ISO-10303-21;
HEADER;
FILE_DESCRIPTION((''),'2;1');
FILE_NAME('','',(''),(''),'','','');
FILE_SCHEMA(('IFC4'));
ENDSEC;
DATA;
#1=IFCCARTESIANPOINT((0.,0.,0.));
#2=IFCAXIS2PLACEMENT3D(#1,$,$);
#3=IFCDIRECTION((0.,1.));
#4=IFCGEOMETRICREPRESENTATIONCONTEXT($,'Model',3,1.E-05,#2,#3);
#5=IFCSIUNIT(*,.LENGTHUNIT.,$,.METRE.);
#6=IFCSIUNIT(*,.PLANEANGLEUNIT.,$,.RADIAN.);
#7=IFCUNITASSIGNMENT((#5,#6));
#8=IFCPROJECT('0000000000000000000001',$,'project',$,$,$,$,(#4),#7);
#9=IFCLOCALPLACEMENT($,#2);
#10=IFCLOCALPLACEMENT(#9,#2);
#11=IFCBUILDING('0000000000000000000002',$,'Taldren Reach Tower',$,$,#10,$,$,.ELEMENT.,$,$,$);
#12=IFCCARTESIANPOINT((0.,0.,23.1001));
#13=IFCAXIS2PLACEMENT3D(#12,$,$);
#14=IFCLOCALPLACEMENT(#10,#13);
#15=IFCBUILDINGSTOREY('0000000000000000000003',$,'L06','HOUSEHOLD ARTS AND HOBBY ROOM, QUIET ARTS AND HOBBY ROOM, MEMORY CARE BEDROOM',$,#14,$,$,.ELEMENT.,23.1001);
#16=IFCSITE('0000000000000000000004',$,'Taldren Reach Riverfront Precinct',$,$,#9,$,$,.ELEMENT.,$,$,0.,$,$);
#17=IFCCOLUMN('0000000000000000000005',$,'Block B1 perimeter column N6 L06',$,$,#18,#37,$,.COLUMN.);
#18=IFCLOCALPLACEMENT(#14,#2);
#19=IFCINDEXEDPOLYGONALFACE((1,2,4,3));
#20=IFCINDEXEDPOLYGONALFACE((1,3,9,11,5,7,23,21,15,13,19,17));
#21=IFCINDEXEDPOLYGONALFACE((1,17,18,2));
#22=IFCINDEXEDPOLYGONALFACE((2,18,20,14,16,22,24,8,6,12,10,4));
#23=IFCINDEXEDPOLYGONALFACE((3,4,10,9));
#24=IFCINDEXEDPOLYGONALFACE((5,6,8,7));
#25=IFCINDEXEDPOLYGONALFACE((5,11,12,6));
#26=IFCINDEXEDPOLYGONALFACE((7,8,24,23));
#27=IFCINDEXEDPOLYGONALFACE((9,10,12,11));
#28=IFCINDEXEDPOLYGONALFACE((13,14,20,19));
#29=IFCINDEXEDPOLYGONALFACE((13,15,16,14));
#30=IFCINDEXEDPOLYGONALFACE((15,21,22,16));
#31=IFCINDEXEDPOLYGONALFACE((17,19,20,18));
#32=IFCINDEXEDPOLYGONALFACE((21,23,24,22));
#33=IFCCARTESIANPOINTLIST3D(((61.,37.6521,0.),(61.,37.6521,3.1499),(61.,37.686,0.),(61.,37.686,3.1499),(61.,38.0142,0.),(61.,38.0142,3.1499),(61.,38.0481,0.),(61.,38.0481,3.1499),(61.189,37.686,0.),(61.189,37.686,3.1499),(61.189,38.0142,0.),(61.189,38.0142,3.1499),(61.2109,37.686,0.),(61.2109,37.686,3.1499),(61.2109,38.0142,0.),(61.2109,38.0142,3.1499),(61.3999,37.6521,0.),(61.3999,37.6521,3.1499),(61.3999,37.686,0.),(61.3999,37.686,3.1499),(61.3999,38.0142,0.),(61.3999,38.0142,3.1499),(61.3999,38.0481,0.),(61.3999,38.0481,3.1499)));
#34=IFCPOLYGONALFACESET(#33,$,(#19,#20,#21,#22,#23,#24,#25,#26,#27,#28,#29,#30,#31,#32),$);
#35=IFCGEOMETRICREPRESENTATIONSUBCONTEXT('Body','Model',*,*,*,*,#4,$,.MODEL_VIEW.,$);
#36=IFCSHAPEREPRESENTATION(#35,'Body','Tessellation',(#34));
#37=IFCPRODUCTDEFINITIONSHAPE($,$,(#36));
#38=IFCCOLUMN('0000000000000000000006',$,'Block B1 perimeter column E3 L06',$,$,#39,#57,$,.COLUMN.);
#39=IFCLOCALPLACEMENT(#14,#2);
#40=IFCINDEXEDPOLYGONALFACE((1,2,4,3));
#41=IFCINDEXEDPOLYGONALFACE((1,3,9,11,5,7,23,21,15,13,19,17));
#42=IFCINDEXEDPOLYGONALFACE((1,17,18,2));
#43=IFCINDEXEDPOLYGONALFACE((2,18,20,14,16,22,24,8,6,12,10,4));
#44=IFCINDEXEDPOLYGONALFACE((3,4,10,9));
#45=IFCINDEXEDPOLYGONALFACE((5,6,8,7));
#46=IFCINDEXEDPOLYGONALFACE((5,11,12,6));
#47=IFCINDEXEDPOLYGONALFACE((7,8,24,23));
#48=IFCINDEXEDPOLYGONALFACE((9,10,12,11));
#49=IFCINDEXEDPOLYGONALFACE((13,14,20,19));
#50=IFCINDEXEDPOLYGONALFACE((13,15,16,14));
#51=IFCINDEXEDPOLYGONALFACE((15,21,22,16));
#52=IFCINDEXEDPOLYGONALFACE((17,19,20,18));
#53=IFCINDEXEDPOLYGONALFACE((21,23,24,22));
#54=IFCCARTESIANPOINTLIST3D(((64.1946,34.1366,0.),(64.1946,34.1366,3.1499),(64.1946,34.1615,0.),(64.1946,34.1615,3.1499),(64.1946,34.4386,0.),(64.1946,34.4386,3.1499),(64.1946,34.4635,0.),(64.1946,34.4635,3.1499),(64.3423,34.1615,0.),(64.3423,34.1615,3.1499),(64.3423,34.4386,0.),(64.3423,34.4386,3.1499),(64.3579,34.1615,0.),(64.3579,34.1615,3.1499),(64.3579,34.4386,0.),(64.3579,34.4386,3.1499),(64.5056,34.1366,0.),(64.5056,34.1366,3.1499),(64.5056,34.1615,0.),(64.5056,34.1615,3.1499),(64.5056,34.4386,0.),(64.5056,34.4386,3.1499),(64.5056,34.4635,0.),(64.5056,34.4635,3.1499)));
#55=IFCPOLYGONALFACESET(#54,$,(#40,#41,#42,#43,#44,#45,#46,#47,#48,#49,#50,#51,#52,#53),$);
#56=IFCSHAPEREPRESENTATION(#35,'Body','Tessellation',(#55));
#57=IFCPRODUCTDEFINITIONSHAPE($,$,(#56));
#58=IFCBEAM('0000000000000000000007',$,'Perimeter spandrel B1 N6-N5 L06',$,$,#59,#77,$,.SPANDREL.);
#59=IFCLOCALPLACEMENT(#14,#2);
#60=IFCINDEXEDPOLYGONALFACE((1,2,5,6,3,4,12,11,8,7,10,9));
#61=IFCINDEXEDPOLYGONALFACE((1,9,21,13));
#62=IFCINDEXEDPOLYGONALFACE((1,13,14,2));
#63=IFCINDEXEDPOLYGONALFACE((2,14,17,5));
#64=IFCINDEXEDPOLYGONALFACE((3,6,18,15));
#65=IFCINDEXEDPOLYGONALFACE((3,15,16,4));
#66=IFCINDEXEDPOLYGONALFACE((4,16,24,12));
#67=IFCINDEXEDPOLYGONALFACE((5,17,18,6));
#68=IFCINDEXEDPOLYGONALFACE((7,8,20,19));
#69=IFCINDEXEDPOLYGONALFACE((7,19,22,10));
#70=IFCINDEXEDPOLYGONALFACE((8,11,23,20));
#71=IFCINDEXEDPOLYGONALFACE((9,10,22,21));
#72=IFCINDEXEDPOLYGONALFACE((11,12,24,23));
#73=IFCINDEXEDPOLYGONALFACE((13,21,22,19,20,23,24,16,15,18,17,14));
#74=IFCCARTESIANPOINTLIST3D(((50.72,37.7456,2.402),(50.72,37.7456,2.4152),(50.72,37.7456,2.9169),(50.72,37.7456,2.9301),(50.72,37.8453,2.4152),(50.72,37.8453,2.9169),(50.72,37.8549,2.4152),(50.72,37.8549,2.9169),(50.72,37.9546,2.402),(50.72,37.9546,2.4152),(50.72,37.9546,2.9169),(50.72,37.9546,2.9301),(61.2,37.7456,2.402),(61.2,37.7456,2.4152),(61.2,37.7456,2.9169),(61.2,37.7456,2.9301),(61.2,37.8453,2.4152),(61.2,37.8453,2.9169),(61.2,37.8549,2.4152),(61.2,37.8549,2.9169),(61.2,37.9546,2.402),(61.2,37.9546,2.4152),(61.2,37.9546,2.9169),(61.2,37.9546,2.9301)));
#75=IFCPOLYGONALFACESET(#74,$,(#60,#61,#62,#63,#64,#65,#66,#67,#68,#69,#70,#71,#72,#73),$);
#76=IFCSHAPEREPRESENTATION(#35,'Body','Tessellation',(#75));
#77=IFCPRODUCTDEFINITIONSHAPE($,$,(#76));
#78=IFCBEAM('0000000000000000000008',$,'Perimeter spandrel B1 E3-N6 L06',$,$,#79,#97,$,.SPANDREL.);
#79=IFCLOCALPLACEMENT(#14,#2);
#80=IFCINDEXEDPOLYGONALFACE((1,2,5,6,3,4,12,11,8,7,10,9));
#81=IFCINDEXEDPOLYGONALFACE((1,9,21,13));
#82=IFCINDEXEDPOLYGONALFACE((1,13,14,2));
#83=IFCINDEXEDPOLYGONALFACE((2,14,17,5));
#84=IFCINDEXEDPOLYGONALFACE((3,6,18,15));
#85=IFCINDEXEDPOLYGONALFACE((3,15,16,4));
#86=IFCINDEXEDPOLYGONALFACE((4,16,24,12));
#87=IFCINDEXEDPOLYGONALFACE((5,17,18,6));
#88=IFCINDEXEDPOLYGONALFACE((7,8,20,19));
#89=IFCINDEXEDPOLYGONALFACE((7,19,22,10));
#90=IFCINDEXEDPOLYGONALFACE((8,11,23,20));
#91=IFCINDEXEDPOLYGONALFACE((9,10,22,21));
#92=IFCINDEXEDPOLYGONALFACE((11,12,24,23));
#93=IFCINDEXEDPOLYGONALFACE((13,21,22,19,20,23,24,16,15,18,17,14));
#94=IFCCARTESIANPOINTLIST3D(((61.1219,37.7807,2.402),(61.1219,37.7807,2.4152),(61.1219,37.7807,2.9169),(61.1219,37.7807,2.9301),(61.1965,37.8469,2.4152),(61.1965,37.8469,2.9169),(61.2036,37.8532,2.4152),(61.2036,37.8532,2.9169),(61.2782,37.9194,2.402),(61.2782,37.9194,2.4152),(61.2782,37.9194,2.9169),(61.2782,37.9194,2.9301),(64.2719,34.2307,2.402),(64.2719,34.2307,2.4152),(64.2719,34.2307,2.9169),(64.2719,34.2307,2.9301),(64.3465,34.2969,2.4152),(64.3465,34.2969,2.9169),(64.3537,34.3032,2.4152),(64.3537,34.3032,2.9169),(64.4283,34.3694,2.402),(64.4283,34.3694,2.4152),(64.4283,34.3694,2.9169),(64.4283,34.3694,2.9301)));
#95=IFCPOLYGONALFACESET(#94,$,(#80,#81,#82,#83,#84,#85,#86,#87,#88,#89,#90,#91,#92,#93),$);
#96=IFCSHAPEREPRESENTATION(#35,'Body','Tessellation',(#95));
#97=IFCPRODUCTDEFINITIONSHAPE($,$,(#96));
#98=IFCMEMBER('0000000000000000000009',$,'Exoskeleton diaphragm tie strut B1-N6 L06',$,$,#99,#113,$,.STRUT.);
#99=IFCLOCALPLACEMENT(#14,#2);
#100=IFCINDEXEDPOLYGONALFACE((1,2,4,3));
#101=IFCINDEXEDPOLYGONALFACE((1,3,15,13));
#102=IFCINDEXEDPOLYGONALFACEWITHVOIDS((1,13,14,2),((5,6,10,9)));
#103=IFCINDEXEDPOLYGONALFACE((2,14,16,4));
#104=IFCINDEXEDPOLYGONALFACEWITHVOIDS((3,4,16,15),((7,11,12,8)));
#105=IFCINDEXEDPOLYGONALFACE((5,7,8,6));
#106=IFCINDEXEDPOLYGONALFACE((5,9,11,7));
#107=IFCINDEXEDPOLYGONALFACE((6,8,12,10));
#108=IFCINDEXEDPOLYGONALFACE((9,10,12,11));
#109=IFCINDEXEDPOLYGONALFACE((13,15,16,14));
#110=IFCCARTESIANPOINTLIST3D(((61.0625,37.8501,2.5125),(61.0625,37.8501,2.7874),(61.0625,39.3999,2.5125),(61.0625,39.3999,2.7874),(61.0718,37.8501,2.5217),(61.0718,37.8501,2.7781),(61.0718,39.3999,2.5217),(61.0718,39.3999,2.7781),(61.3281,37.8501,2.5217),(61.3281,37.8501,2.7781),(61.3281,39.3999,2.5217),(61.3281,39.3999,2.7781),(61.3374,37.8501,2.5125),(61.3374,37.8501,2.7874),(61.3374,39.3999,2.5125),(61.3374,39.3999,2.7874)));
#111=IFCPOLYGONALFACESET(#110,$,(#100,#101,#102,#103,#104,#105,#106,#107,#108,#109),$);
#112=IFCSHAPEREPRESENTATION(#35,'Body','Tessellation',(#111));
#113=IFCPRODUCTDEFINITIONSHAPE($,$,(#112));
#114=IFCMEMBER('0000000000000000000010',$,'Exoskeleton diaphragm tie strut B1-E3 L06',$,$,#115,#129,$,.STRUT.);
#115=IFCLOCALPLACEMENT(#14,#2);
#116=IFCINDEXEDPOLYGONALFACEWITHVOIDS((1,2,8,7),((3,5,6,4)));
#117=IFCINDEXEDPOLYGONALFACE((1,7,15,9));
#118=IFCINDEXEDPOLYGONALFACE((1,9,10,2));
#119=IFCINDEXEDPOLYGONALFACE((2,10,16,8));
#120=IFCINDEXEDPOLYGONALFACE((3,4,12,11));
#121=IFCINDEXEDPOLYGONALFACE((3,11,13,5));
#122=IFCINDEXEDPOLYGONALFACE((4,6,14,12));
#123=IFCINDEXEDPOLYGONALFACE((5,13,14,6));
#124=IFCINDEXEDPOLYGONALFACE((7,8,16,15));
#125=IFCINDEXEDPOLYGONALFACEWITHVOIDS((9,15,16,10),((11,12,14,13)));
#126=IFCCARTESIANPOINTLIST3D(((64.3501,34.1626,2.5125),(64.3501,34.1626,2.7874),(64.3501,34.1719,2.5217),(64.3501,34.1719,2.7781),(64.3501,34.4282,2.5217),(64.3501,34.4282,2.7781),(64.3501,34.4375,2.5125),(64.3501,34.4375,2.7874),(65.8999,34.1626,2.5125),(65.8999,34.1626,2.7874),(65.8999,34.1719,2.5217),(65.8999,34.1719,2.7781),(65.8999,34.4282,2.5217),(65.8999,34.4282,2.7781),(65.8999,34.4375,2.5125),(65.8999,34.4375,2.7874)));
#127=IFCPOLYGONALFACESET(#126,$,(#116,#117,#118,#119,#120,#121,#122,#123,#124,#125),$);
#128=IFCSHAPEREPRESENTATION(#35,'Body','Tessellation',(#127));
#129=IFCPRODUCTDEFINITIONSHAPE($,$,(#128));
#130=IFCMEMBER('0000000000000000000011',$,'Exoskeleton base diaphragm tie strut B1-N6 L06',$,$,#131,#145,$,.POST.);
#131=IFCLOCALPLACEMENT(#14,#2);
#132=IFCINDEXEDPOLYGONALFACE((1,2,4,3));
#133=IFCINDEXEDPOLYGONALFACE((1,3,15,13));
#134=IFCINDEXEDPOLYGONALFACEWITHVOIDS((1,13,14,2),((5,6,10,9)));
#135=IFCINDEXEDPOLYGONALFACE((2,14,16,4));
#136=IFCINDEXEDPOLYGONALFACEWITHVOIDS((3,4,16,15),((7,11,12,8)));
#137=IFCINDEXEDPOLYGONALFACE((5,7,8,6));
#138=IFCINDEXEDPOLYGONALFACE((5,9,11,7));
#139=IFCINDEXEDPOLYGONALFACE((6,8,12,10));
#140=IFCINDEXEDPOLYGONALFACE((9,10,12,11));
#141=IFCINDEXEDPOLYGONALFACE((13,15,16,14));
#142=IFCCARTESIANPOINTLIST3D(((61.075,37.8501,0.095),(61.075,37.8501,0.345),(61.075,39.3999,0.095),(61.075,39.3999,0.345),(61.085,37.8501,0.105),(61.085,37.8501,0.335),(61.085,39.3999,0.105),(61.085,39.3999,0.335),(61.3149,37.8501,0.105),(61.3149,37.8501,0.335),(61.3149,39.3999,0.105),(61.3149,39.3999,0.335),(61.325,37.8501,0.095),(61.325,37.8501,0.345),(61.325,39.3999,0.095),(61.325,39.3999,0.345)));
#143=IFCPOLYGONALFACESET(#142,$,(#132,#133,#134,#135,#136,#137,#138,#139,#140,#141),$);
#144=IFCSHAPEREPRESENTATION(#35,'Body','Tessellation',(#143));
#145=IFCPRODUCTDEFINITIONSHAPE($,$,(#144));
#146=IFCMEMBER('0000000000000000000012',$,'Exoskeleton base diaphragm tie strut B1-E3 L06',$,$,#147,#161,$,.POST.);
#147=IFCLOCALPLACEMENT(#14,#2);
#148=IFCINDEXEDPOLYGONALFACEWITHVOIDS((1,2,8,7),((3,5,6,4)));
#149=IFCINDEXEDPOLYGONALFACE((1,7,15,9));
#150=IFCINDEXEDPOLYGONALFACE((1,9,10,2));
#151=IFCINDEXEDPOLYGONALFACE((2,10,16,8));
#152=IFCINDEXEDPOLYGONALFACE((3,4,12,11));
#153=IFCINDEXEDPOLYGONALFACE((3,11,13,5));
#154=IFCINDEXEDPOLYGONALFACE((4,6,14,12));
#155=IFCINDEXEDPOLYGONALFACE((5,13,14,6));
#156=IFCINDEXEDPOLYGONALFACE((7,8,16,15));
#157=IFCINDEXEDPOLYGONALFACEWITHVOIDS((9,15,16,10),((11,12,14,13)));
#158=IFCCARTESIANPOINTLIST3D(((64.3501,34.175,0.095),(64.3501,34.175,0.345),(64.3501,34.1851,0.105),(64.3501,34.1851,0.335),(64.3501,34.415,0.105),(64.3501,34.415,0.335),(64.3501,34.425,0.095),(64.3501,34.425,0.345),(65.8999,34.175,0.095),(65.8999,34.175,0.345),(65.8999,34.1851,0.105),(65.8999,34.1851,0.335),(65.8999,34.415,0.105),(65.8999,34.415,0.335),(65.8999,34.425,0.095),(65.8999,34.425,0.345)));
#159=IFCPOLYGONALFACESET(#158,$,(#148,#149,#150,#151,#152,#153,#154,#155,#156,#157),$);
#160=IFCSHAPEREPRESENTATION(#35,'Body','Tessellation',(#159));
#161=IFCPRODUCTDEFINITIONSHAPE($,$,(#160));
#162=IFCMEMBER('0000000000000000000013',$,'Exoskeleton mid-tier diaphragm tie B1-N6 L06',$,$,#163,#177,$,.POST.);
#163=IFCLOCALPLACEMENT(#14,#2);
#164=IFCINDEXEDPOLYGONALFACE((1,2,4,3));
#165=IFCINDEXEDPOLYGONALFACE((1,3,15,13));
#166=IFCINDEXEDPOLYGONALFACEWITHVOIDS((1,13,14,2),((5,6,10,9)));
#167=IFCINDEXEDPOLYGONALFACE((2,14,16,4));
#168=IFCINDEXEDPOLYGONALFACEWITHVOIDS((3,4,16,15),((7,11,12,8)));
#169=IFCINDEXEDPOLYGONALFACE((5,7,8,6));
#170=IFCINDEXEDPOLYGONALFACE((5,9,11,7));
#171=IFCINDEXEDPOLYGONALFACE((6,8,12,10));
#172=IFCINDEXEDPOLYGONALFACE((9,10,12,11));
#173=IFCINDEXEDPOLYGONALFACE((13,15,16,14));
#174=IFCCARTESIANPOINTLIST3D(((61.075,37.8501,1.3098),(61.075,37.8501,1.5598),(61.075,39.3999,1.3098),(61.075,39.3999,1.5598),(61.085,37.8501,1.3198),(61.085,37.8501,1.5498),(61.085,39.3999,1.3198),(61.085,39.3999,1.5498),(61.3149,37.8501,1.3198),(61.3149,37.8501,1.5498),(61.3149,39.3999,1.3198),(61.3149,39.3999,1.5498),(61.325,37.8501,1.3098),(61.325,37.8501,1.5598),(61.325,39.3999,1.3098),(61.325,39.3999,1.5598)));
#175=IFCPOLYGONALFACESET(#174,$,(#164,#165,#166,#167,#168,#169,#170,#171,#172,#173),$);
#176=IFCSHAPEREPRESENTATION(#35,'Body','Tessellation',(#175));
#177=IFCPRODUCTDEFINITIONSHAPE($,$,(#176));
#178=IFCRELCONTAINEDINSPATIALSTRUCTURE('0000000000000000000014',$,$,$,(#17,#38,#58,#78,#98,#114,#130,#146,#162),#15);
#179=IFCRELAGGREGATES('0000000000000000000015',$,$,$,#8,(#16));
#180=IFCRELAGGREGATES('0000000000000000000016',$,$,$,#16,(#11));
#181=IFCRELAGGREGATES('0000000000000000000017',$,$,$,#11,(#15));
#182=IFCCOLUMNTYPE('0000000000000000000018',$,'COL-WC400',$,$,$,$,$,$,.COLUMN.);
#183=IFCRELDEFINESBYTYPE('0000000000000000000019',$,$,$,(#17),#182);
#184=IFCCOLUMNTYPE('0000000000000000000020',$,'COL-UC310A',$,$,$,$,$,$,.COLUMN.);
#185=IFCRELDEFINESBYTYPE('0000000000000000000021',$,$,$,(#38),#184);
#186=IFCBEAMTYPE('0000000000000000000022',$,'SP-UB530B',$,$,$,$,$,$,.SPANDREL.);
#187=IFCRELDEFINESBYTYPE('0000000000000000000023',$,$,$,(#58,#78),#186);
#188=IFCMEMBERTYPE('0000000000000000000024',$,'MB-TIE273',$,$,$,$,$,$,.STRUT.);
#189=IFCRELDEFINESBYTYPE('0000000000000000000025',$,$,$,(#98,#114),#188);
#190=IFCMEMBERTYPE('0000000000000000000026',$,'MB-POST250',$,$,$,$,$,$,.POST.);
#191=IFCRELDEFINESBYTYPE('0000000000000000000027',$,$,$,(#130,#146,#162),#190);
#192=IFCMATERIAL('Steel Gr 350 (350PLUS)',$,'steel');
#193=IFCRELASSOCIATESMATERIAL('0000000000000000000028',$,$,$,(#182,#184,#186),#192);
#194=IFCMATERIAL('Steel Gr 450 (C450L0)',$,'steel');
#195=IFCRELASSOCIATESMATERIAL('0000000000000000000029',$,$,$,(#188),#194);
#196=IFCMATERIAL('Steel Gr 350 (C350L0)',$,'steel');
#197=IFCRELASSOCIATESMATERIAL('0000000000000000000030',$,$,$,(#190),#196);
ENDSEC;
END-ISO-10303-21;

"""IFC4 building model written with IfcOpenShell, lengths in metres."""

from ifc_helpers import new_model, si_unit, direction, frame, origin, origin_2d, place, context, subcontext, project, spatial, hollow_rectangle, i_section, extrude, source, transform, mapped, material, material_profile, profile_set, type_object, element, save


model = new_model("IFC4")

# Units and contexts
model_context = context("Model", 3, precision=1e-05, world=origin(), true_north=direction((0.0, 1.0)))
body_context = subcontext(model_context, "Body", "Model", "MODEL_VIEW")
ifc_project = project(units=[si_unit("LENGTHUNIT", "METRE"), si_unit("PLANEANGLEUNIT", "RADIAN")], contexts=[model_context])

# Site, building, storey
site_placement = place(None, origin())
site = spatial("IfcSite", under=ifc_project, at=site_placement, Name="Taldren Reach Riverfront Precinct", CompositionType="ELEMENT", RefElevation=0.0)
building_placement = place(site_placement, origin())
building = spatial("IfcBuilding", under=site, at=building_placement, Name="Taldren Reach Tower", CompositionType="ELEMENT")
storey_placement = place(building_placement, frame((0.0, 0.0, 23.1001)))
storey = spatial("IfcBuildingStorey", under=building, at=storey_placement, Name="L06", Description="HOUSEHOLD ARTS AND HOBBY ROOM, QUIET ARTS AND HOBBY ROOM, MEMORY CARE BEDROOM", CompositionType="ELEMENT", Elevation=23.1001)

# Columns
ifc_material_1 = material(Name="Steel Gr 350 (350PLUS)", Category="steel")
ifc_material_profile_1 = material_profile(ifc_material_1, i_section(OverallWidth=0.3999, OverallDepth=0.396, WebThickness=0.022, FlangeThickness=0.0339, at=origin_2d()), Name="400WC270")
ifc_profile_set_1 = profile_set([ifc_material_profile_1], Name="Steel Gr 350 (350PLUS)")
column_type_1 = type_object("IfcColumnType", Name="COL-WC400", PredefinedType="COLUMN", material=ifc_profile_set_1)
shared_shape_1 = source(origin(), body_context, "Body", "SweptSolid", [
    extrude(i_section(OverallWidth=0.3999, OverallDepth=0.396, WebThickness=0.022, FlangeThickness=0.0339, at=origin_2d()), origin(), (0.0, 0.0, 1.0), 3.1499),
])
column_1_placement = place(storey_placement, frame((61.2, 37.8501, 0.0), z_axis=(0.0, 0.0, 1.0), x_axis=(1.0, 0.0, 0.0)))
element("IfcColumn", 1, at=column_1_placement, inside=storey, type_object=column_type_1, Name="Block B1 perimeter column N6 L06", PredefinedType="COLUMN", context=body_context, shape_type="MappedRepresentation", body=[
    mapped(shared_shape_1, transform((0.0, 0.0, 0.0), scale=1.0)),
])
ifc_material_profile_2 = material_profile(ifc_material_1, i_section(OverallWidth=0.311, OverallDepth=0.3269, WebThickness=0.0156, FlangeThickness=0.0249, at=origin_2d()), Name="310UC158")
ifc_profile_set_2 = profile_set([ifc_material_profile_2], Name="Steel Gr 350 (350PLUS)")
column_type_2 = type_object("IfcColumnType", Name="COL-UC310A", PredefinedType="COLUMN", material=ifc_profile_set_2)
shared_shape_2 = source(origin(), body_context, "Body", "SweptSolid", [
    extrude(i_section(OverallWidth=0.311, OverallDepth=0.3269, WebThickness=0.0156, FlangeThickness=0.0249, at=origin_2d()), origin(), (0.0, 0.0, 1.0), 3.1499),
])
column_2_placement = place(storey_placement, frame((64.3501, 34.3, 0.0), z_axis=(0.0, 0.0, 1.0), x_axis=(1.0, 0.0, 0.0)))
element("IfcColumn", 2, at=column_2_placement, inside=storey, type_object=column_type_2, Name="Block B1 perimeter column E3 L06", PredefinedType="COLUMN", context=body_context, shape_type="MappedRepresentation", body=[
    mapped(shared_shape_2, transform((0.0, 0.0, 0.0), scale=1.0)),
])

# Beams
ifc_material_profile_3 = material_profile(ifc_material_1, i_section(OverallWidth=0.209, OverallDepth=0.5281, WebThickness=0.0095, FlangeThickness=0.0132, at=origin_2d()), Name="530UB82.0")
ifc_profile_set_3 = profile_set([ifc_material_profile_3], Name="Steel Gr 350 (350PLUS)")
beam_type = type_object("IfcBeamType", Name="SP-UB530B", PredefinedType="SPANDREL", material=ifc_profile_set_3)
shared_shape_3 = source(origin(), body_context, "Body", "SweptSolid", [
    extrude(i_section(OverallWidth=0.209, OverallDepth=0.5281, WebThickness=0.0095, FlangeThickness=0.0132, at=origin_2d()), origin(), (0.0, 0.0, 1.0), 10.48),
])
beam_1_placement = place(storey_placement, frame((61.2, 37.8501, 2.666), z_axis=(-1.0, 0.0, 0.0), x_axis=(0.0, -1.0, 0.0)))
element("IfcBeam", 3, at=beam_1_placement, inside=storey, type_object=beam_type, Name="Perimeter spandrel B1 N6-N5 L06", PredefinedType="SPANDREL", context=body_context, shape_type="MappedRepresentation", body=[
    mapped(shared_shape_3, transform((0.0, 0.0, 0.0), scale=1.0)),
])
shared_shape_4 = source(origin(), body_context, "Body", "SweptSolid", [
    extrude(i_section(OverallWidth=0.209, OverallDepth=0.5281, WebThickness=0.0095, FlangeThickness=0.0132, at=origin_2d()), origin(), (0.0, 0.0, 1.0), 4.7461),
])
beam_2_placement = place(storey_placement, frame((64.3501, 34.3, 2.666), z_axis=(-0.663722, 0.747979, 0.0), x_axis=(-0.747979, -0.663722, 0.0)))
element("IfcBeam", 4, at=beam_2_placement, inside=storey, type_object=beam_type, Name="Perimeter spandrel B1 E3-N6 L06", PredefinedType="SPANDREL", context=body_context, shape_type="MappedRepresentation", body=[
    mapped(shared_shape_4, transform((0.0, 0.0, 0.0), scale=1.0)),
])

# Members
ifc_material_2 = material(Name="Steel Gr 450 (C450L0)", Category="steel")
ifc_material_profile_4 = material_profile(ifc_material_2, hollow_rectangle(XDim=0.2749, YDim=0.2749, WallThickness=0.0093, at=origin_2d()), Name="275x275x9.3SHS")
ifc_profile_set_4 = profile_set([ifc_material_profile_4], Name="Steel Gr 450 (C450L0)")
member_type_1 = type_object("IfcMemberType", Name="MB-TIE273", PredefinedType="STRUT", material=ifc_profile_set_4)
shared_shape_5 = source(origin(), body_context, "Body", "SweptSolid", [
    extrude(hollow_rectangle(XDim=0.2749, YDim=0.2749, WallThickness=0.0093, at=origin_2d()), origin(), (0.0, 0.0, 1.0), 1.5498),
])
for number, where, z_axis, x_axis, name in (
    (5, (61.2, 37.8501, 2.6499), (0.0, 1.0, 0.0), (-1.0, 0.0, 0.0), "Exoskeleton diaphragm tie strut B1-N6 L06"),
    (6, (64.3501, 34.3, 2.6499), (1.0, 0.0, 0.0), (0.0, 1.0, 0.0), "Exoskeleton diaphragm tie strut B1-E3 L06"),
):
    element("IfcMember", number, at=place(storey_placement, frame(where, z_axis=z_axis, x_axis=x_axis)), inside=storey, type_object=member_type_1, Name=name, PredefinedType="STRUT", context=body_context, shape_type="MappedRepresentation", body=[
        mapped(shared_shape_5, transform((0.0, 0.0, 0.0), scale=1.0)),
    ])
ifc_material_3 = material(Name="Steel Gr 350 (C350L0)", Category="steel")
ifc_material_profile_5 = material_profile(ifc_material_3, hollow_rectangle(XDim=0.25, YDim=0.25, WallThickness=0.01, at=origin_2d()), Name="250x250x10.0SHS")
ifc_profile_set_5 = profile_set([ifc_material_profile_5], Name="Steel Gr 350 (C350L0)")
member_type_2 = type_object("IfcMemberType", Name="MB-POST250", PredefinedType="POST", material=ifc_profile_set_5)
shared_shape_6 = source(origin(), body_context, "Body", "SweptSolid", [
    extrude(hollow_rectangle(XDim=0.25, YDim=0.25, WallThickness=0.01, at=origin_2d()), origin(), (0.0, 0.0, 1.0), 1.5498),
])
for number, where, z_axis, x_axis, name in (
    (7, (61.2, 37.8501, 0.22), (0.0, 1.0, 0.0), (-1.0, 0.0, 0.0), "Exoskeleton base diaphragm tie strut B1-N6 L06"),
    (8, (64.3501, 34.3, 0.22), (1.0, 0.0, 0.0), (0.0, 1.0, 0.0), "Exoskeleton base diaphragm tie strut B1-E3 L06"),
    (9, (61.2, 37.8501, 1.4348), (0.0, 1.0, 0.0), (-1.0, 0.0, 0.0), "Exoskeleton mid-tier diaphragm tie B1-N6 L06"),
):
    element("IfcMember", number, at=place(storey_placement, frame(where, z_axis=z_axis, x_axis=x_axis)), inside=storey, type_object=member_type_2, Name=name, PredefinedType="POST", context=body_context, shape_type="MappedRepresentation", body=[
        mapped(shared_shape_6, transform((0.0, 0.0, 0.0), scale=1.0)),
    ])

save(model, "model.ifc")
